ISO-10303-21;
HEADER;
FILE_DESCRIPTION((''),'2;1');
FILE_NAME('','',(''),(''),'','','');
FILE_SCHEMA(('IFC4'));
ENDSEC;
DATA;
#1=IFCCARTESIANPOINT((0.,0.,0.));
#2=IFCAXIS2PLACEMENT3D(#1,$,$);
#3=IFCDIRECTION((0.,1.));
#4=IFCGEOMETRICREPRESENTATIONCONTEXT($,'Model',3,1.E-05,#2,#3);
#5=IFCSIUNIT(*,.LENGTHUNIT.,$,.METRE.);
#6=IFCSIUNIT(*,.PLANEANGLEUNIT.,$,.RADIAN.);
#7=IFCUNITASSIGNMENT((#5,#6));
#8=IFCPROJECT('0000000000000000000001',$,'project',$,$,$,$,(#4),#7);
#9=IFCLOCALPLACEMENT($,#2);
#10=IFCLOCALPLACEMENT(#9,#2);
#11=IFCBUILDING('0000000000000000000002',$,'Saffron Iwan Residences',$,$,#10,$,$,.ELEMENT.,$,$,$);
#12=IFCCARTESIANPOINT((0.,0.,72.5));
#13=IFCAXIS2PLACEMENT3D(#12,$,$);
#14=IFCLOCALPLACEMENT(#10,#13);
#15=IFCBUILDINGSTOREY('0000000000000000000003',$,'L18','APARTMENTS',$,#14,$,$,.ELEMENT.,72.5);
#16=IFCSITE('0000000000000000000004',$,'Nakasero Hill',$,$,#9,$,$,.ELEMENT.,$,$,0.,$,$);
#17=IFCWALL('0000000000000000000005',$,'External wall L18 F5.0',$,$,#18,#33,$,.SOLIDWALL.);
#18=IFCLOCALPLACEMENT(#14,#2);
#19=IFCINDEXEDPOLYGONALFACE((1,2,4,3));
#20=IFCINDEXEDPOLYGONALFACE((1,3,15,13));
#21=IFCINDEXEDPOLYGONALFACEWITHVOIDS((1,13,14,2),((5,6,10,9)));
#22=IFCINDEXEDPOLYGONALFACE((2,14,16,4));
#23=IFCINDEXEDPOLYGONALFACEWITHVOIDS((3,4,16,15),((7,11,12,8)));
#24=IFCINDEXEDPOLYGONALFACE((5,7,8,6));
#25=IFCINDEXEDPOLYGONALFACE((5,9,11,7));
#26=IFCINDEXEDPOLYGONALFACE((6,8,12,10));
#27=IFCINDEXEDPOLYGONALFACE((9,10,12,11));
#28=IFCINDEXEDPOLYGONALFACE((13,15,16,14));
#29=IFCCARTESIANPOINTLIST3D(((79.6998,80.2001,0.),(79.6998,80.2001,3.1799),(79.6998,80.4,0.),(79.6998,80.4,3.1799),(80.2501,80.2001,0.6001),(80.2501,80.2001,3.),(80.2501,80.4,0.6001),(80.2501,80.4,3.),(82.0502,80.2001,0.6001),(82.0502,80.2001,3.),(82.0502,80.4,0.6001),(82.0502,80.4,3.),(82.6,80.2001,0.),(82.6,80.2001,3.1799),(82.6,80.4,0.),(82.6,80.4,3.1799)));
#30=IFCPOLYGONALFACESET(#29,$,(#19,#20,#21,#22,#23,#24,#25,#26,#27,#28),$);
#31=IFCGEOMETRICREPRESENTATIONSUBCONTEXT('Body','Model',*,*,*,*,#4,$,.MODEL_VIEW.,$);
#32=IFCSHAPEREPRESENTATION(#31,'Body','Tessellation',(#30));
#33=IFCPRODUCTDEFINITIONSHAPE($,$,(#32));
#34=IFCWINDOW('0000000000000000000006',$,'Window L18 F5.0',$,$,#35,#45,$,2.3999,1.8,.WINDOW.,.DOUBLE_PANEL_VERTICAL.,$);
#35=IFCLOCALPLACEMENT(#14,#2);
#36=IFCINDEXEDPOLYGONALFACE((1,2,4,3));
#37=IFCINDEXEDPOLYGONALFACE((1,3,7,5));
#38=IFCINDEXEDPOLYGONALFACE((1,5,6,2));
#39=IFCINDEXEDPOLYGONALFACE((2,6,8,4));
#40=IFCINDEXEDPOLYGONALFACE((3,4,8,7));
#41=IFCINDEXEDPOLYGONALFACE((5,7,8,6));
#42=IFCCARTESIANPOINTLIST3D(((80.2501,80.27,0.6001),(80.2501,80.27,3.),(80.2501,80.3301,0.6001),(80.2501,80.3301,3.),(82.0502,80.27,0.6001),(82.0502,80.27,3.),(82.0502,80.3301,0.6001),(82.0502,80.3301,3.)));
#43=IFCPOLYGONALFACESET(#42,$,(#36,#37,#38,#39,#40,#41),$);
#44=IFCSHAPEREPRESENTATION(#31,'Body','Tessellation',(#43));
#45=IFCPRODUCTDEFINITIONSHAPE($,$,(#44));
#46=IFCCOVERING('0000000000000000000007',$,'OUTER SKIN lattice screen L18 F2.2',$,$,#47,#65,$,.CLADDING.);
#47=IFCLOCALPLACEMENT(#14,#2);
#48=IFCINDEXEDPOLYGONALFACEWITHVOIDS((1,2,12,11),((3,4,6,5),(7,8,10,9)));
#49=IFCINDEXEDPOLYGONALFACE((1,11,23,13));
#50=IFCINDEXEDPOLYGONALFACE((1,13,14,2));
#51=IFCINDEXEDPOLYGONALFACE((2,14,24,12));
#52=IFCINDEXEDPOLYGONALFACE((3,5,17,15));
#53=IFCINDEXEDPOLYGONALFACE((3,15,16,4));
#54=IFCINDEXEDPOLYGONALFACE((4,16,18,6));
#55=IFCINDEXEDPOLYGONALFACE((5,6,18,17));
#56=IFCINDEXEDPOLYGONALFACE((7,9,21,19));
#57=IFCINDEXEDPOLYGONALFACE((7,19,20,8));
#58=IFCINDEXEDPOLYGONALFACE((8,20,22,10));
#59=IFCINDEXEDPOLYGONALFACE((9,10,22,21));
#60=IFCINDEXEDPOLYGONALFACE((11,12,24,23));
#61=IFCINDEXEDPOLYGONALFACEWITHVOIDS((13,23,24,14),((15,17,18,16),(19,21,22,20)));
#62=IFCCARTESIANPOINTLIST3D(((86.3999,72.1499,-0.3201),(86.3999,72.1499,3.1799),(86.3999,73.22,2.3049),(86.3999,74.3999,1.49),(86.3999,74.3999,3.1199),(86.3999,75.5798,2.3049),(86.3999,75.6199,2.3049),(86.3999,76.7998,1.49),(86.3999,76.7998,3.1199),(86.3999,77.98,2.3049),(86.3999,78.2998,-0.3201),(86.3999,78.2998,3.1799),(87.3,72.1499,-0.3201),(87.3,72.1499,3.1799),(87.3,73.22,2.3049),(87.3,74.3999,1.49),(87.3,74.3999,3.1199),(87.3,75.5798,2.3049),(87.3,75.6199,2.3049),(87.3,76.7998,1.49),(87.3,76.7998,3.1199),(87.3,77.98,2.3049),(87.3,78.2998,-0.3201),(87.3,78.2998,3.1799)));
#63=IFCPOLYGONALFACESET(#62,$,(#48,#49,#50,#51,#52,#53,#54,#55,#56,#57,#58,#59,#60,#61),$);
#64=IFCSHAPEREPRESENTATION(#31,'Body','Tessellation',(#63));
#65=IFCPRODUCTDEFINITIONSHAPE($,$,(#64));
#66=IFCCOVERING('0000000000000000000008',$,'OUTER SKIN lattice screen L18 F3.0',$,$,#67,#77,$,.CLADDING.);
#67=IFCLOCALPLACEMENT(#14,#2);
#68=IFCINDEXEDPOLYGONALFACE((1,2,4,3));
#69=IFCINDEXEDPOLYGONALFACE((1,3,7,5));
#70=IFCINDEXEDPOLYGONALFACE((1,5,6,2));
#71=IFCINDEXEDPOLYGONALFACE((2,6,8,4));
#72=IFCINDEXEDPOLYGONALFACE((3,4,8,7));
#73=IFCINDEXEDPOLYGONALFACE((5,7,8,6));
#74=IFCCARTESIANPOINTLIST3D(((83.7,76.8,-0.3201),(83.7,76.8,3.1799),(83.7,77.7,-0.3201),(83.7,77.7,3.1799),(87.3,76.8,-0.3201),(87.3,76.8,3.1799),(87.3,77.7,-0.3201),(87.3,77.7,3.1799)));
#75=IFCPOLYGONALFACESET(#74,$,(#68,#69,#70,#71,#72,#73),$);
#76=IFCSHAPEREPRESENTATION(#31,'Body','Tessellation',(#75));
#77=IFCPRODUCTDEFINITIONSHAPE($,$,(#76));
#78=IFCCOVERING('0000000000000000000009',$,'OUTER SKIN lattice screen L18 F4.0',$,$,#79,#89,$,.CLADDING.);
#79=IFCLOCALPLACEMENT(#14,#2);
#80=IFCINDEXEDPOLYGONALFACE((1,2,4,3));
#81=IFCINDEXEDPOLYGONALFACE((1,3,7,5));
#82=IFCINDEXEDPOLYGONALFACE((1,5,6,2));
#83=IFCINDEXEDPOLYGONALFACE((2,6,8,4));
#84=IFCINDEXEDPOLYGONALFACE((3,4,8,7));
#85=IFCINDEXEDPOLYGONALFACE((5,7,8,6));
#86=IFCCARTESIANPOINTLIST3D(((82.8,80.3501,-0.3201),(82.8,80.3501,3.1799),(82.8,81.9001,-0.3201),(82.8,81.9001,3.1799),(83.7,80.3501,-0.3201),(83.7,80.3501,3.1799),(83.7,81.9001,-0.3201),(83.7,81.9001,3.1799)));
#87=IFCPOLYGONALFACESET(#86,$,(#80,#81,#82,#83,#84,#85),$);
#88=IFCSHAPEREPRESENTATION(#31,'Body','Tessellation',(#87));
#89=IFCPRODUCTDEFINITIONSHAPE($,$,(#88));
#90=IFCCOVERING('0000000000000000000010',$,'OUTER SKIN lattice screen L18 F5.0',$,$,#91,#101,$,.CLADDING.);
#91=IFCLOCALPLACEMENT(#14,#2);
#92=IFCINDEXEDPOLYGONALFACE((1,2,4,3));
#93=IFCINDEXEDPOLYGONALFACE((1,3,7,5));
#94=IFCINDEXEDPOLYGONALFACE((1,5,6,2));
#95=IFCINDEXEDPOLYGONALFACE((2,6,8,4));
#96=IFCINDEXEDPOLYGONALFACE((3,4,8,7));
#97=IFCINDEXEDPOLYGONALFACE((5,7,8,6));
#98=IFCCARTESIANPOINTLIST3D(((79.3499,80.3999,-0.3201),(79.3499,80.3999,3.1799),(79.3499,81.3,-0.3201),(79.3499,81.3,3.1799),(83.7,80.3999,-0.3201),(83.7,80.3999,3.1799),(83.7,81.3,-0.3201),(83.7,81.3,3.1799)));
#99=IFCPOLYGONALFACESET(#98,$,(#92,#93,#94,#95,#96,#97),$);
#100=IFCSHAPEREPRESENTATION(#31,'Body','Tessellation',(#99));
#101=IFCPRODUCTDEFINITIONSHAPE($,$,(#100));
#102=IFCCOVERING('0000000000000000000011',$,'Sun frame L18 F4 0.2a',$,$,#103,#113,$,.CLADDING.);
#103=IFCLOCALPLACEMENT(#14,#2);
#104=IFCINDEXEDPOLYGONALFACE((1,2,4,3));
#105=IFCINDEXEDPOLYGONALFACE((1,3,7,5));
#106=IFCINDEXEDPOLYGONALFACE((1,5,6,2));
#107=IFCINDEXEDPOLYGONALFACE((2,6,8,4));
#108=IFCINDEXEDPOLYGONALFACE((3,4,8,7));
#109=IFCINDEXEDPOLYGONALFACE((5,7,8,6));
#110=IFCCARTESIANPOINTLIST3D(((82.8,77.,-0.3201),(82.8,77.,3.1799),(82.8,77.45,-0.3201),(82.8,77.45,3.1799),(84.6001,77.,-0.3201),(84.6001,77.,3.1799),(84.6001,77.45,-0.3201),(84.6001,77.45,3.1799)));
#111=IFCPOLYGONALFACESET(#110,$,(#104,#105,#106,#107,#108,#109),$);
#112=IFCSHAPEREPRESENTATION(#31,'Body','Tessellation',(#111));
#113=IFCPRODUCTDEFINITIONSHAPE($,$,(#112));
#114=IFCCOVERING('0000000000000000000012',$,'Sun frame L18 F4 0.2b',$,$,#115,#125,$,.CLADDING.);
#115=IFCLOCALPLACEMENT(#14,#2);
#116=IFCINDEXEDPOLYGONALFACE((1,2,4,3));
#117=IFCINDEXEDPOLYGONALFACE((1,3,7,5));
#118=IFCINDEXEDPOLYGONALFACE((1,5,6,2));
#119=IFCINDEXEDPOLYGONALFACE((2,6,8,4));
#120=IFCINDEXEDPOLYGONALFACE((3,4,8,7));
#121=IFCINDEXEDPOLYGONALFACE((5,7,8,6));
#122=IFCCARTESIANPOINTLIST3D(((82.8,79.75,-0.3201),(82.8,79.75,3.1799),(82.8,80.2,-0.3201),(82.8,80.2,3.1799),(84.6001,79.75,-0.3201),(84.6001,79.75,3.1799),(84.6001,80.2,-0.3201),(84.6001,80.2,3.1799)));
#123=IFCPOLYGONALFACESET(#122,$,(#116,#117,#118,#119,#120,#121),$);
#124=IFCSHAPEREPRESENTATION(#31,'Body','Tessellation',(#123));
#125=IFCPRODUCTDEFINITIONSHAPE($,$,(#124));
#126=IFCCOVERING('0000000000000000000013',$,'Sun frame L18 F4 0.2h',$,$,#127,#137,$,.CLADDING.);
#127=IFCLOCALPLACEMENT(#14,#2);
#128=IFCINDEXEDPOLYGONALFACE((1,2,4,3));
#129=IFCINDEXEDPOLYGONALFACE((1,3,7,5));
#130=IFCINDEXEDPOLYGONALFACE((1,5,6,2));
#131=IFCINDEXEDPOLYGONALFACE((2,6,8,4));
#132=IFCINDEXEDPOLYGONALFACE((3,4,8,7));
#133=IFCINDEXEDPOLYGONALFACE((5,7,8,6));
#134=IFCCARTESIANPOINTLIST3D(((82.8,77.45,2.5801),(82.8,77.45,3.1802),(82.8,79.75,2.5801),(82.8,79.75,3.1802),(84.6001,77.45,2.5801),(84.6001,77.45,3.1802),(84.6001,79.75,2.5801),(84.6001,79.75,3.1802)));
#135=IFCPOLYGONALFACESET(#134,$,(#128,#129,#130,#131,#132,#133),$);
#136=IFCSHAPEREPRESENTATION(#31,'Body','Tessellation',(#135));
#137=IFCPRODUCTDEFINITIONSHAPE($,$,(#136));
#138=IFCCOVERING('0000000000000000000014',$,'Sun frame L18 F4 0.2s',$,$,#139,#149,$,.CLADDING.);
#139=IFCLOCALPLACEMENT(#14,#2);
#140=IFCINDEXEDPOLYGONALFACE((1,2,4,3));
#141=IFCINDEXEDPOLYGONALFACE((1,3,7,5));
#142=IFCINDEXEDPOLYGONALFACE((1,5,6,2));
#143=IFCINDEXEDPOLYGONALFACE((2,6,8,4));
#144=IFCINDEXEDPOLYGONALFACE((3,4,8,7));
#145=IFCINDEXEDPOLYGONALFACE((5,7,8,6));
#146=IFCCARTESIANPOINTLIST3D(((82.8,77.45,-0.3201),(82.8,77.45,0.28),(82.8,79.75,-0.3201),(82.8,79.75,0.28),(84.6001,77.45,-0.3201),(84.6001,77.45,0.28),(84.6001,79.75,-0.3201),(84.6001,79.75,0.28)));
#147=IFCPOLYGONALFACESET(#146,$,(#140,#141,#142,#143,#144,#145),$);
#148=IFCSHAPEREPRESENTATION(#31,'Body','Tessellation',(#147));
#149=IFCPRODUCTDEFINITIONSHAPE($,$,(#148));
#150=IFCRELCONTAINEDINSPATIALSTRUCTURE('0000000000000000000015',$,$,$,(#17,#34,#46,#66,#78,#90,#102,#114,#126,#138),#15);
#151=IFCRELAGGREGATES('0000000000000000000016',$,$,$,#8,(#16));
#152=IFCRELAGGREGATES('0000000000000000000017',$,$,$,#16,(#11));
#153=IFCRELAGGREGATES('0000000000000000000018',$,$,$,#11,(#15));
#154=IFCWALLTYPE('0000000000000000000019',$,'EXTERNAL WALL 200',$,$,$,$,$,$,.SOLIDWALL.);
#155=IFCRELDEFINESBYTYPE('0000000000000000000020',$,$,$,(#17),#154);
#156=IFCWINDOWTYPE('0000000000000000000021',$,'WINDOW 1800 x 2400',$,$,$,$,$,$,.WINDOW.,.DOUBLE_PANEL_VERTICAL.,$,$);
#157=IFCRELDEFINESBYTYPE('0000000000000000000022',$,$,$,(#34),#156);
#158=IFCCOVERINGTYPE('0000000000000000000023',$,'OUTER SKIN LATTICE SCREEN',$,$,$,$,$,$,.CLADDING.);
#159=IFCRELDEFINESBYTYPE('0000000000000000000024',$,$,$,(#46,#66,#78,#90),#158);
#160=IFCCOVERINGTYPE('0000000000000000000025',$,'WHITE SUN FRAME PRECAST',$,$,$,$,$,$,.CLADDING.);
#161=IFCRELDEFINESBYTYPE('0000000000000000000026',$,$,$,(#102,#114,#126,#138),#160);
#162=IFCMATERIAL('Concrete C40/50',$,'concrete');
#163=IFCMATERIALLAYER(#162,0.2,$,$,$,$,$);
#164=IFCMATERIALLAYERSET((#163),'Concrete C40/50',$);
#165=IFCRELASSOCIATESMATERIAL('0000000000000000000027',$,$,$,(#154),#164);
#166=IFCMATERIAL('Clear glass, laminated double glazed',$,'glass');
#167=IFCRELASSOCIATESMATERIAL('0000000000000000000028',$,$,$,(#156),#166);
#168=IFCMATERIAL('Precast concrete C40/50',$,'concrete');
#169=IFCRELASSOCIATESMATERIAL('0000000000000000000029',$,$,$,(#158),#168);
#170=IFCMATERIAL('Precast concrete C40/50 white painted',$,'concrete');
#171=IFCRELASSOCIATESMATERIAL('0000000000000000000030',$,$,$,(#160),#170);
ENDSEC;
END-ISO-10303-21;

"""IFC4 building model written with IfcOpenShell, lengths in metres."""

from ifc_helpers import new_model, si_unit, direction, frame, frame_2d, origin, place, context, subcontext, project, spatial, polyline, rectangle, outline, extrude, material, layer, layer_set, type_object, element, fill, save


model = new_model("IFC4")

# Units and contexts
model_context = context("Model", 3, precision=1e-05, world=origin(), true_north=direction((0.0, 1.0)))
body_context = subcontext(model_context, "Body", "Model", "MODEL_VIEW")
ifc_project = project(units=[si_unit("LENGTHUNIT", "METRE"), si_unit("PLANEANGLEUNIT", "RADIAN")], contexts=[model_context])

# Site, building, storey
site_placement = place(None, origin())
site = spatial("IfcSite", under=ifc_project, at=site_placement, Name="Nakasero Hill", CompositionType="ELEMENT", RefElevation=0.0)
building_placement = place(site_placement, origin())
building = spatial("IfcBuilding", under=site, at=building_placement, Name="Saffron Iwan Residences", CompositionType="ELEMENT")
storey_placement = place(building_placement, frame((0.0, 0.0, 72.5)))
storey = spatial("IfcBuildingStorey", under=building, at=storey_placement, Name="L18", Description="APARTMENTS", CompositionType="ELEMENT", Elevation=72.5)

# Shared definitions
ifc_material_1 = material(Name="Concrete C40/50", Category="concrete")
ifc_layer_1 = layer(ifc_material_1, 0.2)
ifc_layer_set_1 = layer_set([ifc_layer_1], Name="Concrete C40/50")
wall_type_1 = type_object("IfcWallType", Name="EXTERNAL WALL 200", PredefinedType="SOLIDWALL", material=ifc_layer_set_1)
ifc_material_2 = material(Name="Clear glass, laminated double glazed", Category="glass")
window_type_1 = type_object("IfcWindowType", Name="WINDOW 1800 x 2400", PartitioningType="DOUBLE_PANEL_VERTICAL", PredefinedType="WINDOW", material=ifc_material_2)

# Wall, opening, window
wall_1_placement = place(storey_placement, frame((82.6001, 80.3, 0.0), z_axis=(0.0, 0.0, 1.0), x_axis=(-1.0, 0.0, 0.0)))
wall_1 = element("IfcWall", 1, at=wall_1_placement, inside=storey, type_object=wall_type_1, Name="External wall L18 F5.0", PredefinedType="SOLIDWALL", context=body_context, shape_type="SweptSolid", body=[
    extrude(rectangle(XDim=2.9001, YDim=0.2, at=frame_2d((1.4502, 0.0))), origin(), (0.0, 0.0, 1.0), 3.1799),
])
opening_1_placement = place(wall_1_placement, frame((0.55, 0.0, 0.6001)))
opening_1 = element("IfcOpeningElement", 2, at=opening_1_placement, cuts=wall_1, PredefinedType="OPENING", context=body_context, shape_type="SweptSolid", body=[
    extrude(rectangle(XDim=1.8, YDim=2.3999, at=frame_2d((0.8999, 1.2))), frame((0.0, 0.1099, 0.0), z_axis=(0.0, -1.0, 0.0), x_axis=(1.0, 0.0, 0.0)), (0.0, 0.0, 1.0), 0.22),
])
window_1_placement = place(opening_1_placement, origin())
window_1 = element("IfcWindow", 3, at=window_1_placement, inside=storey, type_object=window_type_1, Name="Window L18 F5.0", OverallHeight=2.3999, OverallWidth=1.8, PartitioningType="DOUBLE_PANEL_VERTICAL", PredefinedType="WINDOW", context=body_context, shape_type="SweptSolid", body=[
    extrude(rectangle(XDim=1.8, YDim=2.3999, at=frame_2d((0.8999, 1.2))), frame((0.0, 0.03, 0.0), z_axis=(0.0, -1.0, 0.0), x_axis=(1.0, 0.0, 0.0)), (0.0, 0.0, 1.0), 0.0601),
])
fill(opening_1, window_1)

# Coverings
ifc_material_3 = material(Name="Precast concrete C40/50", Category="concrete")
covering_type_1 = type_object("IfcCoveringType", Name="OUTER SKIN LATTICE SCREEN", PredefinedType="CLADDING", material=ifc_material_3)
covering_1_placement = place(storey_placement, frame((86.3999, 72.1499, -0.3201), z_axis=(1.0, 0.0, 0.0), x_axis=(0.0, 1.0, 0.0)))
element("IfcCovering", 4, at=covering_1_placement, inside=storey, type_object=covering_type_1, Name="OUTER SKIN lattice screen L18 F2.2", PredefinedType="CLADDING", context=body_context, shape_type="SweptSolid", body=[
    extrude(outline(polyline([(0.0, 0.0), (6.1499, 0.0), (6.1499, 3.5), (0.0, 3.5), (0.0, 0.0)]), holes=[polyline([(1.0701, 2.625), (2.25, 1.8101), (3.4299, 2.625), (2.25, 3.4399), (1.0701, 2.625)]), polyline([(3.47, 2.625), (4.6499, 1.8101), (5.8301, 2.625), (4.6499, 3.4399), (3.47, 2.625)])]), origin(), (0.0, 0.0, 1.0), 0.9001),
])
covering_2_placement = place(storey_placement, frame((87.3, 76.8, -0.3201), z_axis=(0.0, 1.0, 0.0), x_axis=(-1.0, 0.0, 0.0)))
element("IfcCovering", 5, at=covering_2_placement, inside=storey, type_object=covering_type_1, Name="OUTER SKIN lattice screen L18 F3.0", PredefinedType="CLADDING", context=body_context, shape_type="SweptSolid", body=[
    extrude(outline(polyline([(0.0, 0.0), (3.6001, 0.0), (3.6001, 3.5), (0.0, 3.5), (0.0, 0.0)])), origin(), (0.0, 0.0, 1.0), 0.8999),
])
covering_3_placement = place(storey_placement, frame((82.8, 80.3501, -0.3201), z_axis=(1.0, 0.0, 0.0), x_axis=(0.0, 1.0, 0.0)))
element("IfcCovering", 6, at=covering_3_placement, inside=storey, type_object=covering_type_1, Name="OUTER SKIN lattice screen L18 F4.0", PredefinedType="CLADDING", context=body_context, shape_type="SweptSolid", body=[
    extrude(outline(polyline([(0.0, 0.0), (1.55, 0.0), (1.55, 3.5), (0.0, 3.5), (0.0, 0.0)])), origin(), (0.0, 0.0, 1.0), 0.8999),
])
covering_4_placement = place(storey_placement, frame((83.7, 80.3999, -0.3201), z_axis=(0.0, 1.0, 0.0), x_axis=(-1.0, 0.0, 0.0)))
element("IfcCovering", 7, at=covering_4_placement, inside=storey, type_object=covering_type_1, Name="OUTER SKIN lattice screen L18 F5.0", PredefinedType="CLADDING", context=body_context, shape_type="SweptSolid", body=[
    extrude(outline(polyline([(0.0, 0.0), (4.3501, 0.0), (4.3501, 3.5), (0.0, 3.5), (0.0, 0.0)])), origin(), (0.0, 0.0, 1.0), 0.9001),
])
ifc_material_4 = material(Name="Precast concrete C40/50 white painted", Category="concrete")
covering_type_2 = type_object("IfcCoveringType", Name="WHITE SUN FRAME PRECAST", PredefinedType="CLADDING", material=ifc_material_4)
for number, where, z_axis, x_axis, name in (
    (8, (82.8, 77.0, -0.3201), (1.0, 0.0, 0.0), (0.0, 1.0, 0.0), "Sun frame L18 F4 0.2a"),
    (9, (82.8, 79.75, -0.3201), (1.0, 0.0, 0.0), (0.0, 1.0, 0.0), "Sun frame L18 F4 0.2b"),
):
    element("IfcCovering", number, at=place(storey_placement, frame(where, z_axis=z_axis, x_axis=x_axis)), inside=storey, type_object=covering_type_2, Name=name, PredefinedType="CLADDING", context=body_context, shape_type="SweptSolid", body=[
        extrude(outline(polyline([(0.0, 0.0), (0.45, 0.0), (0.45, 3.5), (0.0, 3.5), (0.0, 0.0)])), origin(), (0.0, 0.0, 1.0), 1.8),
    ])
for number, where, z_axis, x_axis, name in (
    (10, (82.8, 77.45, 2.5801), (1.0, 0.0, 0.0), (0.0, 1.0, 0.0), "Sun frame L18 F4 0.2h"),
    (11, (82.8, 77.45, -0.3201), (1.0, 0.0, 0.0), (0.0, 1.0, 0.0), "Sun frame L18 F4 0.2s"),
):
    element("IfcCovering", number, at=place(storey_placement, frame(where, z_axis=z_axis, x_axis=x_axis)), inside=storey, type_object=covering_type_2, Name=name, PredefinedType="CLADDING", context=body_context, shape_type="SweptSolid", body=[
        extrude(outline(polyline([(0.0, 0.0), (2.3, 0.0), (2.3, 0.6001), (0.0, 0.6001), (0.0, 0.0)])), origin(), (0.0, 0.0, 1.0), 1.8),
    ])

save(model, "model.ifc")
